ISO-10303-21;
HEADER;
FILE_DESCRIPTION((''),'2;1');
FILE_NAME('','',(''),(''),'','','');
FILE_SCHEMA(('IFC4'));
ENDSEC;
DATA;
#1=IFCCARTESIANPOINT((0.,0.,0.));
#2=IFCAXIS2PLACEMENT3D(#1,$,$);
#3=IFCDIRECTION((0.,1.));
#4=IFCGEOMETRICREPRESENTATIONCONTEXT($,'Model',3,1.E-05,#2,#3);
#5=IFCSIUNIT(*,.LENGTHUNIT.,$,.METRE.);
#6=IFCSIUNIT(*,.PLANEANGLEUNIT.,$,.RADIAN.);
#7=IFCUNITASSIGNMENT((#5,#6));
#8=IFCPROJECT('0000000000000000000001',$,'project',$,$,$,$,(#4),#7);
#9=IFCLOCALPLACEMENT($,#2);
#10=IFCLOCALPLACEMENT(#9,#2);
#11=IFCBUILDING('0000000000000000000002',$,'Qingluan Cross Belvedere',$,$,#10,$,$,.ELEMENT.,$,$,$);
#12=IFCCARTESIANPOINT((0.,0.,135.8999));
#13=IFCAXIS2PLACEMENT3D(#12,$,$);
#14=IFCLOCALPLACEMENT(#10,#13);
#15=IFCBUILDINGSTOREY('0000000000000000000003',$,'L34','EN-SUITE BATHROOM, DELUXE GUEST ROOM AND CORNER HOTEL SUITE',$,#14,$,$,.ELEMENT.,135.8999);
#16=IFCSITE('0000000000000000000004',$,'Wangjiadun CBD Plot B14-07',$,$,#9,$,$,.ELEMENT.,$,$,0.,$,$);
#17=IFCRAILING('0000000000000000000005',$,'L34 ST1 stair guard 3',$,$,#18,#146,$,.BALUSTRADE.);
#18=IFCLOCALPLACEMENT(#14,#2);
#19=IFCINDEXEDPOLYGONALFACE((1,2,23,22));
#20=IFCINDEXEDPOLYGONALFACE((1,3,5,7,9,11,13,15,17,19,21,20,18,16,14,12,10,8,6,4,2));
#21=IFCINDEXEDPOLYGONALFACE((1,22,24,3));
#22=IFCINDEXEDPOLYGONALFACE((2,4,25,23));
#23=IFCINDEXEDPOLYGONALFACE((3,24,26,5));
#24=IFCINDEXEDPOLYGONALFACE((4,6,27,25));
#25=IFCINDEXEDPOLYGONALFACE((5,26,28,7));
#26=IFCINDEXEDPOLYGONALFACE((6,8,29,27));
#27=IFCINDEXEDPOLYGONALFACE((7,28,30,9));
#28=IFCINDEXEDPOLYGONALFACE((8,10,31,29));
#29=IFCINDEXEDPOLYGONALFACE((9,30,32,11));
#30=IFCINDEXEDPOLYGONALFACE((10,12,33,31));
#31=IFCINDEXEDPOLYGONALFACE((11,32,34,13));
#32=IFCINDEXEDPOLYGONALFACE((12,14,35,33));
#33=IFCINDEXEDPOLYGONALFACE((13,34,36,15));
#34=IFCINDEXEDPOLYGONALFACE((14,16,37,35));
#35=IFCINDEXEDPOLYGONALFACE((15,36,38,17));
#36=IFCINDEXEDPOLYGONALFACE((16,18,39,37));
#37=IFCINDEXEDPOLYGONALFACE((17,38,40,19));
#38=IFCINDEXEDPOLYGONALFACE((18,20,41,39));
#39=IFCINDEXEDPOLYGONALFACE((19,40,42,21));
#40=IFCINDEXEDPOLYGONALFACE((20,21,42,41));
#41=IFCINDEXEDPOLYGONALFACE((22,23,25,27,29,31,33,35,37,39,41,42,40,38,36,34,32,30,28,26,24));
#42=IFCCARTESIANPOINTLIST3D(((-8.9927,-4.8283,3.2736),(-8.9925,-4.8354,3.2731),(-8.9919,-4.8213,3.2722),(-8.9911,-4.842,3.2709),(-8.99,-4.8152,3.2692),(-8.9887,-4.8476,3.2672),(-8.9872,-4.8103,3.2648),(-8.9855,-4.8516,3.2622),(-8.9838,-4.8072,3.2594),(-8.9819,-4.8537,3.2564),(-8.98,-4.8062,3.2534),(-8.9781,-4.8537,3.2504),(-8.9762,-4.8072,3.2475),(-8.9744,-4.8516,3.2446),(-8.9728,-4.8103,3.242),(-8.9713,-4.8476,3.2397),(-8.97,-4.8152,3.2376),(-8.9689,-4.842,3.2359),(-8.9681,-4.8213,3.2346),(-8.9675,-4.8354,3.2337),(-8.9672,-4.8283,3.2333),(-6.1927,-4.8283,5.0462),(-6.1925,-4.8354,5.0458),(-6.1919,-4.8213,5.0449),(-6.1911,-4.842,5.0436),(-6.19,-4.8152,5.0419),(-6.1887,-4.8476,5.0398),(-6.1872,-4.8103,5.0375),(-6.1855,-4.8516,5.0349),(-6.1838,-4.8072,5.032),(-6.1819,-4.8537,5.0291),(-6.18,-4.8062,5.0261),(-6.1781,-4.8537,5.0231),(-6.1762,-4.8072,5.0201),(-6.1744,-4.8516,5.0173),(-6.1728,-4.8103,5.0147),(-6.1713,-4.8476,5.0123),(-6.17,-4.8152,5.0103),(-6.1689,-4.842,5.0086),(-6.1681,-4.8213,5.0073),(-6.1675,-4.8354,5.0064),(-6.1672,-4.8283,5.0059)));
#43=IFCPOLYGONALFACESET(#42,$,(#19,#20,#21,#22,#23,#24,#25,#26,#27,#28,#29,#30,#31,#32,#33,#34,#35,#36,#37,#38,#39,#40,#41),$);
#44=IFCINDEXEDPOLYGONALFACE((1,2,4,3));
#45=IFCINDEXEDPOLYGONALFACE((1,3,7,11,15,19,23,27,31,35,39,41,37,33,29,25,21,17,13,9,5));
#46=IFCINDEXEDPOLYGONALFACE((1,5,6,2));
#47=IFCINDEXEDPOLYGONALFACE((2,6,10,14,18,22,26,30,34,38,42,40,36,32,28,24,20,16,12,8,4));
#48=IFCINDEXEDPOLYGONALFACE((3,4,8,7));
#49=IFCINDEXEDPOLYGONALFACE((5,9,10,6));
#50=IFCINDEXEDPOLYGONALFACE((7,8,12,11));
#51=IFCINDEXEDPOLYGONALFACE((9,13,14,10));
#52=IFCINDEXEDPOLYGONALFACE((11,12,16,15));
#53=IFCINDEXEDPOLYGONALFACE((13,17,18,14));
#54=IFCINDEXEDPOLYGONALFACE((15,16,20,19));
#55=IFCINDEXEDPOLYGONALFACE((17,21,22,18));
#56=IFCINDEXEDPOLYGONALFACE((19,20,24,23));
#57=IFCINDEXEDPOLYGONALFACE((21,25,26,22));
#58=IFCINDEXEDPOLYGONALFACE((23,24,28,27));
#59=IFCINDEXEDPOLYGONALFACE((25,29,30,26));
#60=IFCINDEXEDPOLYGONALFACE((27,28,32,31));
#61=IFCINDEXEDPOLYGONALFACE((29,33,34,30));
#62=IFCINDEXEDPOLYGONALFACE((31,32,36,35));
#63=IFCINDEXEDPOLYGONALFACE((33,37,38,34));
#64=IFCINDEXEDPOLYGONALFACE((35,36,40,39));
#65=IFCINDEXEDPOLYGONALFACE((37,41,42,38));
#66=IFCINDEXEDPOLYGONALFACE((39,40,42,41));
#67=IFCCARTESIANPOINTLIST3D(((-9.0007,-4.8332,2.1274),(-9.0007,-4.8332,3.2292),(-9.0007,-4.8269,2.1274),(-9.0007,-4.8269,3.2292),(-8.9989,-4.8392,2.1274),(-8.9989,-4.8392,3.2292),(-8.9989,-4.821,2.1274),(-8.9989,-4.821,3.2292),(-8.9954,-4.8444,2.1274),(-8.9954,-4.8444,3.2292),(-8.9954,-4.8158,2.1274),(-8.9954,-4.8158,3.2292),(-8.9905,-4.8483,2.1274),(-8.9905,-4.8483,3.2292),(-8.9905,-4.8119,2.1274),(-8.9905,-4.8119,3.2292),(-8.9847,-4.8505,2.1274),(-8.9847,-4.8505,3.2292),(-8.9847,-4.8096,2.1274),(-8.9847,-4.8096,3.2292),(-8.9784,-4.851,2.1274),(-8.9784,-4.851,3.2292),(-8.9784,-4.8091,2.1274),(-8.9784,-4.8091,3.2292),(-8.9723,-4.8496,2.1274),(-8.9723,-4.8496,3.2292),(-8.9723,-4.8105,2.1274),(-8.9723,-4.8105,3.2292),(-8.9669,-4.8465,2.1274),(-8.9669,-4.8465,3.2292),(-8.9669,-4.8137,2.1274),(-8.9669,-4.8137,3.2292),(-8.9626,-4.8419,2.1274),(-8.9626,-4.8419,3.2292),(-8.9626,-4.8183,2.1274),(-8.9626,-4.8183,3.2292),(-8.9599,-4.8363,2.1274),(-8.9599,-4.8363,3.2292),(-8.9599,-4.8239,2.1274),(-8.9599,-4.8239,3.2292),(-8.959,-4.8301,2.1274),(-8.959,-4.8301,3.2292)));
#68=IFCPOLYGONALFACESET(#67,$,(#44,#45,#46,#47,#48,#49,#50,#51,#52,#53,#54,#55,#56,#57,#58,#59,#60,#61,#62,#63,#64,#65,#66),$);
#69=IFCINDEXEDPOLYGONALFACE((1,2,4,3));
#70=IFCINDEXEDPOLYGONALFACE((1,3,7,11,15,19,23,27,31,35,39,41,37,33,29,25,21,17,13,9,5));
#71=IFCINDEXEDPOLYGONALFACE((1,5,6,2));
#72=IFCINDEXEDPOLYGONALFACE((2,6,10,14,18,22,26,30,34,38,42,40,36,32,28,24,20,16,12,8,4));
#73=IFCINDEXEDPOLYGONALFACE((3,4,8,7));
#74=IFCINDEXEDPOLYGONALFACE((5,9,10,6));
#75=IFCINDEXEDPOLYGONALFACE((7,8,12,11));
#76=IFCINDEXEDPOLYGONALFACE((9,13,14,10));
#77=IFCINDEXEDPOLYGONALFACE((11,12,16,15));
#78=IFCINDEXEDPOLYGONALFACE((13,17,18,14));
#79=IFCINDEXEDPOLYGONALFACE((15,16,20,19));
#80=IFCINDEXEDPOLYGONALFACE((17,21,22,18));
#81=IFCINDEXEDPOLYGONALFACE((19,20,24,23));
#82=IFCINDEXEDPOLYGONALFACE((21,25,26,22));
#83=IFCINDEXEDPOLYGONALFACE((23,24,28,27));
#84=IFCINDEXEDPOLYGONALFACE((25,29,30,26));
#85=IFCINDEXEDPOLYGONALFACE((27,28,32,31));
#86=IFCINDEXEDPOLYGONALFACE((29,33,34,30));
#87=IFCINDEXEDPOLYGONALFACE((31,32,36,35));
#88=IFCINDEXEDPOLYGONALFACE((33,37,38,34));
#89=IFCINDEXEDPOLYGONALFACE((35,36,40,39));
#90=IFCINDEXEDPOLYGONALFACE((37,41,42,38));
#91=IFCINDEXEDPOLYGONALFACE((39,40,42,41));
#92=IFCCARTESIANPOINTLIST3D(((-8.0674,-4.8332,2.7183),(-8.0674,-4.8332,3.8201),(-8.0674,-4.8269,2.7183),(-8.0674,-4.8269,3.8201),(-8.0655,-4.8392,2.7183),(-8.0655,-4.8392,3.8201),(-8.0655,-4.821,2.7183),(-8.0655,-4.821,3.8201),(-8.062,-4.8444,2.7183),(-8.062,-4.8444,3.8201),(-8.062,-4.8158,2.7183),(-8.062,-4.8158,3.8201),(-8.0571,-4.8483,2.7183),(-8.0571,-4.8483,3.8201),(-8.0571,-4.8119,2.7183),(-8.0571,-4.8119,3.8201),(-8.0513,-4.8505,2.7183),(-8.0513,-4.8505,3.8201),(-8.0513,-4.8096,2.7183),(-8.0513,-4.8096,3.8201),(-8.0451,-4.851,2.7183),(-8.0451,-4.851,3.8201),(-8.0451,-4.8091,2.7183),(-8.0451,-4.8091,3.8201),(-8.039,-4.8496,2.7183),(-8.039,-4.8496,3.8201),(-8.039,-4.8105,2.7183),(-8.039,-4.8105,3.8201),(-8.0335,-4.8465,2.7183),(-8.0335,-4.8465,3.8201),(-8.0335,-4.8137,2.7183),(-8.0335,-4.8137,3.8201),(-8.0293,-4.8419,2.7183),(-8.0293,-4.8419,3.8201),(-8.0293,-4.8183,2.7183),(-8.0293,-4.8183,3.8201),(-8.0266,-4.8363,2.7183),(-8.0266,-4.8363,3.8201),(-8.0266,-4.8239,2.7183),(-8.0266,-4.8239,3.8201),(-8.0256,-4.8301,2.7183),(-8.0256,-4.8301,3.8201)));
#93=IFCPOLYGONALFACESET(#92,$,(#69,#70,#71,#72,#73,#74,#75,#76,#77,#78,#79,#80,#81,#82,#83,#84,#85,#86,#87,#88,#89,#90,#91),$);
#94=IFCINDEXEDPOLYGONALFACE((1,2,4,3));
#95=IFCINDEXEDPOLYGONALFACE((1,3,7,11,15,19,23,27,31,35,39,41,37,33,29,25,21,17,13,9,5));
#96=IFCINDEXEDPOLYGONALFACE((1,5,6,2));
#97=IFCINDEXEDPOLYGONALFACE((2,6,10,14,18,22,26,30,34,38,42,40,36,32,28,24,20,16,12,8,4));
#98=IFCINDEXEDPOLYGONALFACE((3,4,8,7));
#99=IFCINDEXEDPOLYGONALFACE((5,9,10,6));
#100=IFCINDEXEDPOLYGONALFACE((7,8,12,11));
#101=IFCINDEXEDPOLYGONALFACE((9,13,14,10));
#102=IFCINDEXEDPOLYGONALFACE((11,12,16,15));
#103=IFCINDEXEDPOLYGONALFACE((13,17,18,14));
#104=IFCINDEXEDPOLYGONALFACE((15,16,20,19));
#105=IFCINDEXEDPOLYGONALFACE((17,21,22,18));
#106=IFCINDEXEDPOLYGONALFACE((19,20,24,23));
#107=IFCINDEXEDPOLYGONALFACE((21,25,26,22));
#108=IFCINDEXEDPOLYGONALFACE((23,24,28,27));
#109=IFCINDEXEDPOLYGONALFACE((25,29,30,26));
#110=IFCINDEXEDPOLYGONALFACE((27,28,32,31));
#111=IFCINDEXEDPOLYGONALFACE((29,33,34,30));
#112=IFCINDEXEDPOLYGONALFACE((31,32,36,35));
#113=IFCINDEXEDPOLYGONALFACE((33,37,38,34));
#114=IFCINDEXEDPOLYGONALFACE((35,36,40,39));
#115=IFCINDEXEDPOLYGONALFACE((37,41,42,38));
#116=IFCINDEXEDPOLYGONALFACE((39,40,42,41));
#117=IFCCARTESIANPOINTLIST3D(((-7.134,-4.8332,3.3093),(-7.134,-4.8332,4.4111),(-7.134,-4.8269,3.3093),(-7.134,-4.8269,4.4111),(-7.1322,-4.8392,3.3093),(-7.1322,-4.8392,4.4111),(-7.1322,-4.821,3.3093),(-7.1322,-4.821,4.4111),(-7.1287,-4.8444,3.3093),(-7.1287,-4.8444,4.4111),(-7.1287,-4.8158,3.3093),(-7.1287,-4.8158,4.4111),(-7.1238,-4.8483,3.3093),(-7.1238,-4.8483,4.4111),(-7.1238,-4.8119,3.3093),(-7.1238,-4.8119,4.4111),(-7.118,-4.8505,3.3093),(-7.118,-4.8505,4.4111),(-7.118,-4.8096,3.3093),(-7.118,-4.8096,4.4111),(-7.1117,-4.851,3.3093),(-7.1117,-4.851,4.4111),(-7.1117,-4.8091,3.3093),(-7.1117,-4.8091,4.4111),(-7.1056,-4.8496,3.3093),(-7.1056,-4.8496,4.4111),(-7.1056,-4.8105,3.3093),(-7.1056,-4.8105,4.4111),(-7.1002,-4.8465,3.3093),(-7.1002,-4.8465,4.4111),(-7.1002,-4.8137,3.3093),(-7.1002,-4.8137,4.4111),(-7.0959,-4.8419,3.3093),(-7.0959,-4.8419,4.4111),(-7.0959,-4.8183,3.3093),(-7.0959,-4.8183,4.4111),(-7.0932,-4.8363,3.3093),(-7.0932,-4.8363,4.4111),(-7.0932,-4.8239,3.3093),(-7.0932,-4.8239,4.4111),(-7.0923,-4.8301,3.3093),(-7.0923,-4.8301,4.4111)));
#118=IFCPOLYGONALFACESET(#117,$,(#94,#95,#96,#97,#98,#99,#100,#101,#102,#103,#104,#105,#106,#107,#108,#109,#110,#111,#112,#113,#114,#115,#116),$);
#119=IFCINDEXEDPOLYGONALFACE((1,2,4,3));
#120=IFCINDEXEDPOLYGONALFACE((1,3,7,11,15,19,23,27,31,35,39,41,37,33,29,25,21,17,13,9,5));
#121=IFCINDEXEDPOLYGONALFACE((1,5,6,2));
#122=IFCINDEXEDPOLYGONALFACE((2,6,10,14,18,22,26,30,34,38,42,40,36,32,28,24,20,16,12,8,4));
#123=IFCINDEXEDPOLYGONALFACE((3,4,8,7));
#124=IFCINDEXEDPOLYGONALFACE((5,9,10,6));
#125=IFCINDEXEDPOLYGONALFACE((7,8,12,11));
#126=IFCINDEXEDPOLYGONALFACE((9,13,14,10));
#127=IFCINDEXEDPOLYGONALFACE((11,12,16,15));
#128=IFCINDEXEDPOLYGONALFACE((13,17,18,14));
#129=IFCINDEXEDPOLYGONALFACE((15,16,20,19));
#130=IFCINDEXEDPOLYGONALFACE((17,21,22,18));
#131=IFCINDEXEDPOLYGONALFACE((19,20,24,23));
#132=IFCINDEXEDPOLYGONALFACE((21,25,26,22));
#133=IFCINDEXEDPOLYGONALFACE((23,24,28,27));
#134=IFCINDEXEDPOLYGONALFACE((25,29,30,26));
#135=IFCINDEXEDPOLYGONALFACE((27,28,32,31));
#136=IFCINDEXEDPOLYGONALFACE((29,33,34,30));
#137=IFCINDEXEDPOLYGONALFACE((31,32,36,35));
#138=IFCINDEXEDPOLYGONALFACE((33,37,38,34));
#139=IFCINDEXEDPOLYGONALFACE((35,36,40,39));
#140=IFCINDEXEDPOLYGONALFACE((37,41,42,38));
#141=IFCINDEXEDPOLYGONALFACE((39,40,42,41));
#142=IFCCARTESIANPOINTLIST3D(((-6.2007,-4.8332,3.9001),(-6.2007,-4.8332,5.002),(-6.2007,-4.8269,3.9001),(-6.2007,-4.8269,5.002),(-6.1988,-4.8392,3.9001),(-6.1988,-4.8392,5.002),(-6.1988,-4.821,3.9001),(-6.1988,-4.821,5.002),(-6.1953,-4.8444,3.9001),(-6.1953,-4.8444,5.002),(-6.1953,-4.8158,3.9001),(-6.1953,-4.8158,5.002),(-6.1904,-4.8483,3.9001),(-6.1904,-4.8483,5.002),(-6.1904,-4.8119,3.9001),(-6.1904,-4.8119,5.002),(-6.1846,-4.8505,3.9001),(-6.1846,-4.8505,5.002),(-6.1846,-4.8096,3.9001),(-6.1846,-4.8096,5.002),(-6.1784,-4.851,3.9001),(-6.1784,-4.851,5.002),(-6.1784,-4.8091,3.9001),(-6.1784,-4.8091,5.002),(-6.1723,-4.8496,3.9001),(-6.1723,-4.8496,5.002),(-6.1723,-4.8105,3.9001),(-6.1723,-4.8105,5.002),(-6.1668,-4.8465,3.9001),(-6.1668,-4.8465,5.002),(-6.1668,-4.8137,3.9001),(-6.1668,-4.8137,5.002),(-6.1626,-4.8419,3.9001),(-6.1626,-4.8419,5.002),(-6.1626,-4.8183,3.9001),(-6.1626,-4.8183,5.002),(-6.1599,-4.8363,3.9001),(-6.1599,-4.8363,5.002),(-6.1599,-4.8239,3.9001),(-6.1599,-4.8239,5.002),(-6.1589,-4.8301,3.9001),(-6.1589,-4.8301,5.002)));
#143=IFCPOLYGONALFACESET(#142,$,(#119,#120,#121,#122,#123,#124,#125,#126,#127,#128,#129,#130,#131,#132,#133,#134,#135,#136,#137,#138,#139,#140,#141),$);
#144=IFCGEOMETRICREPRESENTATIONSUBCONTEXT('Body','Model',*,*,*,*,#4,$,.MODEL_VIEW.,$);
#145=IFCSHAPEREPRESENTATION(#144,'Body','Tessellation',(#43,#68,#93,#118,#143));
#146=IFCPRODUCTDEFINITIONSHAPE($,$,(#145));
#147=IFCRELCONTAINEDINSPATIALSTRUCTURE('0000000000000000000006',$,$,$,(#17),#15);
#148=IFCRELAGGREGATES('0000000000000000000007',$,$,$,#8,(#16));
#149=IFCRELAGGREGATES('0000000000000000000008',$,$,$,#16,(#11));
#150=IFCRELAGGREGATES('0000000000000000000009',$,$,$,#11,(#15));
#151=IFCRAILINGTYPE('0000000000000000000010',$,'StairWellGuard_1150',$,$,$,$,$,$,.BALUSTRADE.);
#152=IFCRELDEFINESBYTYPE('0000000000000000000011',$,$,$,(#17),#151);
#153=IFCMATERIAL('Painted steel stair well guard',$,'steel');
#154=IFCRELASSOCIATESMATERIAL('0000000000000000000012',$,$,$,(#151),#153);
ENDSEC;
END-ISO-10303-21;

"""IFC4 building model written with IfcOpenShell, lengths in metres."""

from ifc_helpers import new_model, si_unit, direction, frame, origin, origin_2d, place, context, subcontext, project, spatial, circle, extrude, material, type_object, element, save


model = new_model("IFC4")

# Units and contexts
model_context = context("Model", 3, precision=1e-05, world=origin(), true_north=direction((0.0, 1.0)))
body_context = subcontext(model_context, "Body", "Model", "MODEL_VIEW")
ifc_project = project(units=[si_unit("LENGTHUNIT", "METRE"), si_unit("PLANEANGLEUNIT", "RADIAN")], contexts=[model_context])

# Site, building, storey
site_placement = place(None, origin())
site = spatial("IfcSite", under=ifc_project, at=site_placement, Name="Wangjiadun CBD Plot B14-07", CompositionType="ELEMENT", RefElevation=0.0)
building_placement = place(site_placement, origin())
building = spatial("IfcBuilding", under=site, at=building_placement, Name="Qingluan Cross Belvedere", CompositionType="ELEMENT")
storey_placement = place(building_placement, frame((0.0, 0.0, 135.8999)))
storey = spatial("IfcBuildingStorey", under=building, at=storey_placement, Name="L34", Description="EN-SUITE BATHROOM, DELUXE GUEST ROOM AND CORNER HOTEL SUITE", CompositionType="ELEMENT", Elevation=135.8999)

# Railing
ifc_material_1 = material(Name="Painted steel stair well guard", Category="steel")
railing_type_1 = type_object("IfcRailingType", Name="StairWellGuard_1150", PredefinedType="BALUSTRADE", material=ifc_material_1)
railing_1_placement = place(storey_placement, frame((-8.98, -4.8301, 2.1274)))
element("IfcRailing", 1, at=railing_1_placement, inside=storey, type_object=railing_type_1, Name="L34 ST1 stair guard 3", PredefinedType="BALUSTRADE", context=body_context, shape_type="SweptSolid", body=[
    extrude(circle(Radius=0.0239, at=origin_2d()), frame((0.0, 0.0, 1.126), z_axis=(0.844909, 0.0, 0.53491), x_axis=(0.0, 1.0, 0.0)), (0.0, 0.0, 1.0), 3.314),
    extrude(circle(Radius=0.021, at=origin_2d()), origin(), (0.0, 0.0, 1.0), 1.1018),
    extrude(circle(Radius=0.021, at=origin_2d()), frame((0.9333, 0.0, 0.5908)), (0.0, 0.0, 1.0), 1.1018),
    extrude(circle(Radius=0.021, at=origin_2d()), frame((1.8667, 0.0, 1.1819)), (0.0, 0.0, 1.0), 1.1018),
    extrude(circle(Radius=0.021, at=origin_2d()), frame((2.8, 0.0, 1.7727)), (0.0, 0.0, 1.0), 1.1018),
])

save(model, "model.ifc")
